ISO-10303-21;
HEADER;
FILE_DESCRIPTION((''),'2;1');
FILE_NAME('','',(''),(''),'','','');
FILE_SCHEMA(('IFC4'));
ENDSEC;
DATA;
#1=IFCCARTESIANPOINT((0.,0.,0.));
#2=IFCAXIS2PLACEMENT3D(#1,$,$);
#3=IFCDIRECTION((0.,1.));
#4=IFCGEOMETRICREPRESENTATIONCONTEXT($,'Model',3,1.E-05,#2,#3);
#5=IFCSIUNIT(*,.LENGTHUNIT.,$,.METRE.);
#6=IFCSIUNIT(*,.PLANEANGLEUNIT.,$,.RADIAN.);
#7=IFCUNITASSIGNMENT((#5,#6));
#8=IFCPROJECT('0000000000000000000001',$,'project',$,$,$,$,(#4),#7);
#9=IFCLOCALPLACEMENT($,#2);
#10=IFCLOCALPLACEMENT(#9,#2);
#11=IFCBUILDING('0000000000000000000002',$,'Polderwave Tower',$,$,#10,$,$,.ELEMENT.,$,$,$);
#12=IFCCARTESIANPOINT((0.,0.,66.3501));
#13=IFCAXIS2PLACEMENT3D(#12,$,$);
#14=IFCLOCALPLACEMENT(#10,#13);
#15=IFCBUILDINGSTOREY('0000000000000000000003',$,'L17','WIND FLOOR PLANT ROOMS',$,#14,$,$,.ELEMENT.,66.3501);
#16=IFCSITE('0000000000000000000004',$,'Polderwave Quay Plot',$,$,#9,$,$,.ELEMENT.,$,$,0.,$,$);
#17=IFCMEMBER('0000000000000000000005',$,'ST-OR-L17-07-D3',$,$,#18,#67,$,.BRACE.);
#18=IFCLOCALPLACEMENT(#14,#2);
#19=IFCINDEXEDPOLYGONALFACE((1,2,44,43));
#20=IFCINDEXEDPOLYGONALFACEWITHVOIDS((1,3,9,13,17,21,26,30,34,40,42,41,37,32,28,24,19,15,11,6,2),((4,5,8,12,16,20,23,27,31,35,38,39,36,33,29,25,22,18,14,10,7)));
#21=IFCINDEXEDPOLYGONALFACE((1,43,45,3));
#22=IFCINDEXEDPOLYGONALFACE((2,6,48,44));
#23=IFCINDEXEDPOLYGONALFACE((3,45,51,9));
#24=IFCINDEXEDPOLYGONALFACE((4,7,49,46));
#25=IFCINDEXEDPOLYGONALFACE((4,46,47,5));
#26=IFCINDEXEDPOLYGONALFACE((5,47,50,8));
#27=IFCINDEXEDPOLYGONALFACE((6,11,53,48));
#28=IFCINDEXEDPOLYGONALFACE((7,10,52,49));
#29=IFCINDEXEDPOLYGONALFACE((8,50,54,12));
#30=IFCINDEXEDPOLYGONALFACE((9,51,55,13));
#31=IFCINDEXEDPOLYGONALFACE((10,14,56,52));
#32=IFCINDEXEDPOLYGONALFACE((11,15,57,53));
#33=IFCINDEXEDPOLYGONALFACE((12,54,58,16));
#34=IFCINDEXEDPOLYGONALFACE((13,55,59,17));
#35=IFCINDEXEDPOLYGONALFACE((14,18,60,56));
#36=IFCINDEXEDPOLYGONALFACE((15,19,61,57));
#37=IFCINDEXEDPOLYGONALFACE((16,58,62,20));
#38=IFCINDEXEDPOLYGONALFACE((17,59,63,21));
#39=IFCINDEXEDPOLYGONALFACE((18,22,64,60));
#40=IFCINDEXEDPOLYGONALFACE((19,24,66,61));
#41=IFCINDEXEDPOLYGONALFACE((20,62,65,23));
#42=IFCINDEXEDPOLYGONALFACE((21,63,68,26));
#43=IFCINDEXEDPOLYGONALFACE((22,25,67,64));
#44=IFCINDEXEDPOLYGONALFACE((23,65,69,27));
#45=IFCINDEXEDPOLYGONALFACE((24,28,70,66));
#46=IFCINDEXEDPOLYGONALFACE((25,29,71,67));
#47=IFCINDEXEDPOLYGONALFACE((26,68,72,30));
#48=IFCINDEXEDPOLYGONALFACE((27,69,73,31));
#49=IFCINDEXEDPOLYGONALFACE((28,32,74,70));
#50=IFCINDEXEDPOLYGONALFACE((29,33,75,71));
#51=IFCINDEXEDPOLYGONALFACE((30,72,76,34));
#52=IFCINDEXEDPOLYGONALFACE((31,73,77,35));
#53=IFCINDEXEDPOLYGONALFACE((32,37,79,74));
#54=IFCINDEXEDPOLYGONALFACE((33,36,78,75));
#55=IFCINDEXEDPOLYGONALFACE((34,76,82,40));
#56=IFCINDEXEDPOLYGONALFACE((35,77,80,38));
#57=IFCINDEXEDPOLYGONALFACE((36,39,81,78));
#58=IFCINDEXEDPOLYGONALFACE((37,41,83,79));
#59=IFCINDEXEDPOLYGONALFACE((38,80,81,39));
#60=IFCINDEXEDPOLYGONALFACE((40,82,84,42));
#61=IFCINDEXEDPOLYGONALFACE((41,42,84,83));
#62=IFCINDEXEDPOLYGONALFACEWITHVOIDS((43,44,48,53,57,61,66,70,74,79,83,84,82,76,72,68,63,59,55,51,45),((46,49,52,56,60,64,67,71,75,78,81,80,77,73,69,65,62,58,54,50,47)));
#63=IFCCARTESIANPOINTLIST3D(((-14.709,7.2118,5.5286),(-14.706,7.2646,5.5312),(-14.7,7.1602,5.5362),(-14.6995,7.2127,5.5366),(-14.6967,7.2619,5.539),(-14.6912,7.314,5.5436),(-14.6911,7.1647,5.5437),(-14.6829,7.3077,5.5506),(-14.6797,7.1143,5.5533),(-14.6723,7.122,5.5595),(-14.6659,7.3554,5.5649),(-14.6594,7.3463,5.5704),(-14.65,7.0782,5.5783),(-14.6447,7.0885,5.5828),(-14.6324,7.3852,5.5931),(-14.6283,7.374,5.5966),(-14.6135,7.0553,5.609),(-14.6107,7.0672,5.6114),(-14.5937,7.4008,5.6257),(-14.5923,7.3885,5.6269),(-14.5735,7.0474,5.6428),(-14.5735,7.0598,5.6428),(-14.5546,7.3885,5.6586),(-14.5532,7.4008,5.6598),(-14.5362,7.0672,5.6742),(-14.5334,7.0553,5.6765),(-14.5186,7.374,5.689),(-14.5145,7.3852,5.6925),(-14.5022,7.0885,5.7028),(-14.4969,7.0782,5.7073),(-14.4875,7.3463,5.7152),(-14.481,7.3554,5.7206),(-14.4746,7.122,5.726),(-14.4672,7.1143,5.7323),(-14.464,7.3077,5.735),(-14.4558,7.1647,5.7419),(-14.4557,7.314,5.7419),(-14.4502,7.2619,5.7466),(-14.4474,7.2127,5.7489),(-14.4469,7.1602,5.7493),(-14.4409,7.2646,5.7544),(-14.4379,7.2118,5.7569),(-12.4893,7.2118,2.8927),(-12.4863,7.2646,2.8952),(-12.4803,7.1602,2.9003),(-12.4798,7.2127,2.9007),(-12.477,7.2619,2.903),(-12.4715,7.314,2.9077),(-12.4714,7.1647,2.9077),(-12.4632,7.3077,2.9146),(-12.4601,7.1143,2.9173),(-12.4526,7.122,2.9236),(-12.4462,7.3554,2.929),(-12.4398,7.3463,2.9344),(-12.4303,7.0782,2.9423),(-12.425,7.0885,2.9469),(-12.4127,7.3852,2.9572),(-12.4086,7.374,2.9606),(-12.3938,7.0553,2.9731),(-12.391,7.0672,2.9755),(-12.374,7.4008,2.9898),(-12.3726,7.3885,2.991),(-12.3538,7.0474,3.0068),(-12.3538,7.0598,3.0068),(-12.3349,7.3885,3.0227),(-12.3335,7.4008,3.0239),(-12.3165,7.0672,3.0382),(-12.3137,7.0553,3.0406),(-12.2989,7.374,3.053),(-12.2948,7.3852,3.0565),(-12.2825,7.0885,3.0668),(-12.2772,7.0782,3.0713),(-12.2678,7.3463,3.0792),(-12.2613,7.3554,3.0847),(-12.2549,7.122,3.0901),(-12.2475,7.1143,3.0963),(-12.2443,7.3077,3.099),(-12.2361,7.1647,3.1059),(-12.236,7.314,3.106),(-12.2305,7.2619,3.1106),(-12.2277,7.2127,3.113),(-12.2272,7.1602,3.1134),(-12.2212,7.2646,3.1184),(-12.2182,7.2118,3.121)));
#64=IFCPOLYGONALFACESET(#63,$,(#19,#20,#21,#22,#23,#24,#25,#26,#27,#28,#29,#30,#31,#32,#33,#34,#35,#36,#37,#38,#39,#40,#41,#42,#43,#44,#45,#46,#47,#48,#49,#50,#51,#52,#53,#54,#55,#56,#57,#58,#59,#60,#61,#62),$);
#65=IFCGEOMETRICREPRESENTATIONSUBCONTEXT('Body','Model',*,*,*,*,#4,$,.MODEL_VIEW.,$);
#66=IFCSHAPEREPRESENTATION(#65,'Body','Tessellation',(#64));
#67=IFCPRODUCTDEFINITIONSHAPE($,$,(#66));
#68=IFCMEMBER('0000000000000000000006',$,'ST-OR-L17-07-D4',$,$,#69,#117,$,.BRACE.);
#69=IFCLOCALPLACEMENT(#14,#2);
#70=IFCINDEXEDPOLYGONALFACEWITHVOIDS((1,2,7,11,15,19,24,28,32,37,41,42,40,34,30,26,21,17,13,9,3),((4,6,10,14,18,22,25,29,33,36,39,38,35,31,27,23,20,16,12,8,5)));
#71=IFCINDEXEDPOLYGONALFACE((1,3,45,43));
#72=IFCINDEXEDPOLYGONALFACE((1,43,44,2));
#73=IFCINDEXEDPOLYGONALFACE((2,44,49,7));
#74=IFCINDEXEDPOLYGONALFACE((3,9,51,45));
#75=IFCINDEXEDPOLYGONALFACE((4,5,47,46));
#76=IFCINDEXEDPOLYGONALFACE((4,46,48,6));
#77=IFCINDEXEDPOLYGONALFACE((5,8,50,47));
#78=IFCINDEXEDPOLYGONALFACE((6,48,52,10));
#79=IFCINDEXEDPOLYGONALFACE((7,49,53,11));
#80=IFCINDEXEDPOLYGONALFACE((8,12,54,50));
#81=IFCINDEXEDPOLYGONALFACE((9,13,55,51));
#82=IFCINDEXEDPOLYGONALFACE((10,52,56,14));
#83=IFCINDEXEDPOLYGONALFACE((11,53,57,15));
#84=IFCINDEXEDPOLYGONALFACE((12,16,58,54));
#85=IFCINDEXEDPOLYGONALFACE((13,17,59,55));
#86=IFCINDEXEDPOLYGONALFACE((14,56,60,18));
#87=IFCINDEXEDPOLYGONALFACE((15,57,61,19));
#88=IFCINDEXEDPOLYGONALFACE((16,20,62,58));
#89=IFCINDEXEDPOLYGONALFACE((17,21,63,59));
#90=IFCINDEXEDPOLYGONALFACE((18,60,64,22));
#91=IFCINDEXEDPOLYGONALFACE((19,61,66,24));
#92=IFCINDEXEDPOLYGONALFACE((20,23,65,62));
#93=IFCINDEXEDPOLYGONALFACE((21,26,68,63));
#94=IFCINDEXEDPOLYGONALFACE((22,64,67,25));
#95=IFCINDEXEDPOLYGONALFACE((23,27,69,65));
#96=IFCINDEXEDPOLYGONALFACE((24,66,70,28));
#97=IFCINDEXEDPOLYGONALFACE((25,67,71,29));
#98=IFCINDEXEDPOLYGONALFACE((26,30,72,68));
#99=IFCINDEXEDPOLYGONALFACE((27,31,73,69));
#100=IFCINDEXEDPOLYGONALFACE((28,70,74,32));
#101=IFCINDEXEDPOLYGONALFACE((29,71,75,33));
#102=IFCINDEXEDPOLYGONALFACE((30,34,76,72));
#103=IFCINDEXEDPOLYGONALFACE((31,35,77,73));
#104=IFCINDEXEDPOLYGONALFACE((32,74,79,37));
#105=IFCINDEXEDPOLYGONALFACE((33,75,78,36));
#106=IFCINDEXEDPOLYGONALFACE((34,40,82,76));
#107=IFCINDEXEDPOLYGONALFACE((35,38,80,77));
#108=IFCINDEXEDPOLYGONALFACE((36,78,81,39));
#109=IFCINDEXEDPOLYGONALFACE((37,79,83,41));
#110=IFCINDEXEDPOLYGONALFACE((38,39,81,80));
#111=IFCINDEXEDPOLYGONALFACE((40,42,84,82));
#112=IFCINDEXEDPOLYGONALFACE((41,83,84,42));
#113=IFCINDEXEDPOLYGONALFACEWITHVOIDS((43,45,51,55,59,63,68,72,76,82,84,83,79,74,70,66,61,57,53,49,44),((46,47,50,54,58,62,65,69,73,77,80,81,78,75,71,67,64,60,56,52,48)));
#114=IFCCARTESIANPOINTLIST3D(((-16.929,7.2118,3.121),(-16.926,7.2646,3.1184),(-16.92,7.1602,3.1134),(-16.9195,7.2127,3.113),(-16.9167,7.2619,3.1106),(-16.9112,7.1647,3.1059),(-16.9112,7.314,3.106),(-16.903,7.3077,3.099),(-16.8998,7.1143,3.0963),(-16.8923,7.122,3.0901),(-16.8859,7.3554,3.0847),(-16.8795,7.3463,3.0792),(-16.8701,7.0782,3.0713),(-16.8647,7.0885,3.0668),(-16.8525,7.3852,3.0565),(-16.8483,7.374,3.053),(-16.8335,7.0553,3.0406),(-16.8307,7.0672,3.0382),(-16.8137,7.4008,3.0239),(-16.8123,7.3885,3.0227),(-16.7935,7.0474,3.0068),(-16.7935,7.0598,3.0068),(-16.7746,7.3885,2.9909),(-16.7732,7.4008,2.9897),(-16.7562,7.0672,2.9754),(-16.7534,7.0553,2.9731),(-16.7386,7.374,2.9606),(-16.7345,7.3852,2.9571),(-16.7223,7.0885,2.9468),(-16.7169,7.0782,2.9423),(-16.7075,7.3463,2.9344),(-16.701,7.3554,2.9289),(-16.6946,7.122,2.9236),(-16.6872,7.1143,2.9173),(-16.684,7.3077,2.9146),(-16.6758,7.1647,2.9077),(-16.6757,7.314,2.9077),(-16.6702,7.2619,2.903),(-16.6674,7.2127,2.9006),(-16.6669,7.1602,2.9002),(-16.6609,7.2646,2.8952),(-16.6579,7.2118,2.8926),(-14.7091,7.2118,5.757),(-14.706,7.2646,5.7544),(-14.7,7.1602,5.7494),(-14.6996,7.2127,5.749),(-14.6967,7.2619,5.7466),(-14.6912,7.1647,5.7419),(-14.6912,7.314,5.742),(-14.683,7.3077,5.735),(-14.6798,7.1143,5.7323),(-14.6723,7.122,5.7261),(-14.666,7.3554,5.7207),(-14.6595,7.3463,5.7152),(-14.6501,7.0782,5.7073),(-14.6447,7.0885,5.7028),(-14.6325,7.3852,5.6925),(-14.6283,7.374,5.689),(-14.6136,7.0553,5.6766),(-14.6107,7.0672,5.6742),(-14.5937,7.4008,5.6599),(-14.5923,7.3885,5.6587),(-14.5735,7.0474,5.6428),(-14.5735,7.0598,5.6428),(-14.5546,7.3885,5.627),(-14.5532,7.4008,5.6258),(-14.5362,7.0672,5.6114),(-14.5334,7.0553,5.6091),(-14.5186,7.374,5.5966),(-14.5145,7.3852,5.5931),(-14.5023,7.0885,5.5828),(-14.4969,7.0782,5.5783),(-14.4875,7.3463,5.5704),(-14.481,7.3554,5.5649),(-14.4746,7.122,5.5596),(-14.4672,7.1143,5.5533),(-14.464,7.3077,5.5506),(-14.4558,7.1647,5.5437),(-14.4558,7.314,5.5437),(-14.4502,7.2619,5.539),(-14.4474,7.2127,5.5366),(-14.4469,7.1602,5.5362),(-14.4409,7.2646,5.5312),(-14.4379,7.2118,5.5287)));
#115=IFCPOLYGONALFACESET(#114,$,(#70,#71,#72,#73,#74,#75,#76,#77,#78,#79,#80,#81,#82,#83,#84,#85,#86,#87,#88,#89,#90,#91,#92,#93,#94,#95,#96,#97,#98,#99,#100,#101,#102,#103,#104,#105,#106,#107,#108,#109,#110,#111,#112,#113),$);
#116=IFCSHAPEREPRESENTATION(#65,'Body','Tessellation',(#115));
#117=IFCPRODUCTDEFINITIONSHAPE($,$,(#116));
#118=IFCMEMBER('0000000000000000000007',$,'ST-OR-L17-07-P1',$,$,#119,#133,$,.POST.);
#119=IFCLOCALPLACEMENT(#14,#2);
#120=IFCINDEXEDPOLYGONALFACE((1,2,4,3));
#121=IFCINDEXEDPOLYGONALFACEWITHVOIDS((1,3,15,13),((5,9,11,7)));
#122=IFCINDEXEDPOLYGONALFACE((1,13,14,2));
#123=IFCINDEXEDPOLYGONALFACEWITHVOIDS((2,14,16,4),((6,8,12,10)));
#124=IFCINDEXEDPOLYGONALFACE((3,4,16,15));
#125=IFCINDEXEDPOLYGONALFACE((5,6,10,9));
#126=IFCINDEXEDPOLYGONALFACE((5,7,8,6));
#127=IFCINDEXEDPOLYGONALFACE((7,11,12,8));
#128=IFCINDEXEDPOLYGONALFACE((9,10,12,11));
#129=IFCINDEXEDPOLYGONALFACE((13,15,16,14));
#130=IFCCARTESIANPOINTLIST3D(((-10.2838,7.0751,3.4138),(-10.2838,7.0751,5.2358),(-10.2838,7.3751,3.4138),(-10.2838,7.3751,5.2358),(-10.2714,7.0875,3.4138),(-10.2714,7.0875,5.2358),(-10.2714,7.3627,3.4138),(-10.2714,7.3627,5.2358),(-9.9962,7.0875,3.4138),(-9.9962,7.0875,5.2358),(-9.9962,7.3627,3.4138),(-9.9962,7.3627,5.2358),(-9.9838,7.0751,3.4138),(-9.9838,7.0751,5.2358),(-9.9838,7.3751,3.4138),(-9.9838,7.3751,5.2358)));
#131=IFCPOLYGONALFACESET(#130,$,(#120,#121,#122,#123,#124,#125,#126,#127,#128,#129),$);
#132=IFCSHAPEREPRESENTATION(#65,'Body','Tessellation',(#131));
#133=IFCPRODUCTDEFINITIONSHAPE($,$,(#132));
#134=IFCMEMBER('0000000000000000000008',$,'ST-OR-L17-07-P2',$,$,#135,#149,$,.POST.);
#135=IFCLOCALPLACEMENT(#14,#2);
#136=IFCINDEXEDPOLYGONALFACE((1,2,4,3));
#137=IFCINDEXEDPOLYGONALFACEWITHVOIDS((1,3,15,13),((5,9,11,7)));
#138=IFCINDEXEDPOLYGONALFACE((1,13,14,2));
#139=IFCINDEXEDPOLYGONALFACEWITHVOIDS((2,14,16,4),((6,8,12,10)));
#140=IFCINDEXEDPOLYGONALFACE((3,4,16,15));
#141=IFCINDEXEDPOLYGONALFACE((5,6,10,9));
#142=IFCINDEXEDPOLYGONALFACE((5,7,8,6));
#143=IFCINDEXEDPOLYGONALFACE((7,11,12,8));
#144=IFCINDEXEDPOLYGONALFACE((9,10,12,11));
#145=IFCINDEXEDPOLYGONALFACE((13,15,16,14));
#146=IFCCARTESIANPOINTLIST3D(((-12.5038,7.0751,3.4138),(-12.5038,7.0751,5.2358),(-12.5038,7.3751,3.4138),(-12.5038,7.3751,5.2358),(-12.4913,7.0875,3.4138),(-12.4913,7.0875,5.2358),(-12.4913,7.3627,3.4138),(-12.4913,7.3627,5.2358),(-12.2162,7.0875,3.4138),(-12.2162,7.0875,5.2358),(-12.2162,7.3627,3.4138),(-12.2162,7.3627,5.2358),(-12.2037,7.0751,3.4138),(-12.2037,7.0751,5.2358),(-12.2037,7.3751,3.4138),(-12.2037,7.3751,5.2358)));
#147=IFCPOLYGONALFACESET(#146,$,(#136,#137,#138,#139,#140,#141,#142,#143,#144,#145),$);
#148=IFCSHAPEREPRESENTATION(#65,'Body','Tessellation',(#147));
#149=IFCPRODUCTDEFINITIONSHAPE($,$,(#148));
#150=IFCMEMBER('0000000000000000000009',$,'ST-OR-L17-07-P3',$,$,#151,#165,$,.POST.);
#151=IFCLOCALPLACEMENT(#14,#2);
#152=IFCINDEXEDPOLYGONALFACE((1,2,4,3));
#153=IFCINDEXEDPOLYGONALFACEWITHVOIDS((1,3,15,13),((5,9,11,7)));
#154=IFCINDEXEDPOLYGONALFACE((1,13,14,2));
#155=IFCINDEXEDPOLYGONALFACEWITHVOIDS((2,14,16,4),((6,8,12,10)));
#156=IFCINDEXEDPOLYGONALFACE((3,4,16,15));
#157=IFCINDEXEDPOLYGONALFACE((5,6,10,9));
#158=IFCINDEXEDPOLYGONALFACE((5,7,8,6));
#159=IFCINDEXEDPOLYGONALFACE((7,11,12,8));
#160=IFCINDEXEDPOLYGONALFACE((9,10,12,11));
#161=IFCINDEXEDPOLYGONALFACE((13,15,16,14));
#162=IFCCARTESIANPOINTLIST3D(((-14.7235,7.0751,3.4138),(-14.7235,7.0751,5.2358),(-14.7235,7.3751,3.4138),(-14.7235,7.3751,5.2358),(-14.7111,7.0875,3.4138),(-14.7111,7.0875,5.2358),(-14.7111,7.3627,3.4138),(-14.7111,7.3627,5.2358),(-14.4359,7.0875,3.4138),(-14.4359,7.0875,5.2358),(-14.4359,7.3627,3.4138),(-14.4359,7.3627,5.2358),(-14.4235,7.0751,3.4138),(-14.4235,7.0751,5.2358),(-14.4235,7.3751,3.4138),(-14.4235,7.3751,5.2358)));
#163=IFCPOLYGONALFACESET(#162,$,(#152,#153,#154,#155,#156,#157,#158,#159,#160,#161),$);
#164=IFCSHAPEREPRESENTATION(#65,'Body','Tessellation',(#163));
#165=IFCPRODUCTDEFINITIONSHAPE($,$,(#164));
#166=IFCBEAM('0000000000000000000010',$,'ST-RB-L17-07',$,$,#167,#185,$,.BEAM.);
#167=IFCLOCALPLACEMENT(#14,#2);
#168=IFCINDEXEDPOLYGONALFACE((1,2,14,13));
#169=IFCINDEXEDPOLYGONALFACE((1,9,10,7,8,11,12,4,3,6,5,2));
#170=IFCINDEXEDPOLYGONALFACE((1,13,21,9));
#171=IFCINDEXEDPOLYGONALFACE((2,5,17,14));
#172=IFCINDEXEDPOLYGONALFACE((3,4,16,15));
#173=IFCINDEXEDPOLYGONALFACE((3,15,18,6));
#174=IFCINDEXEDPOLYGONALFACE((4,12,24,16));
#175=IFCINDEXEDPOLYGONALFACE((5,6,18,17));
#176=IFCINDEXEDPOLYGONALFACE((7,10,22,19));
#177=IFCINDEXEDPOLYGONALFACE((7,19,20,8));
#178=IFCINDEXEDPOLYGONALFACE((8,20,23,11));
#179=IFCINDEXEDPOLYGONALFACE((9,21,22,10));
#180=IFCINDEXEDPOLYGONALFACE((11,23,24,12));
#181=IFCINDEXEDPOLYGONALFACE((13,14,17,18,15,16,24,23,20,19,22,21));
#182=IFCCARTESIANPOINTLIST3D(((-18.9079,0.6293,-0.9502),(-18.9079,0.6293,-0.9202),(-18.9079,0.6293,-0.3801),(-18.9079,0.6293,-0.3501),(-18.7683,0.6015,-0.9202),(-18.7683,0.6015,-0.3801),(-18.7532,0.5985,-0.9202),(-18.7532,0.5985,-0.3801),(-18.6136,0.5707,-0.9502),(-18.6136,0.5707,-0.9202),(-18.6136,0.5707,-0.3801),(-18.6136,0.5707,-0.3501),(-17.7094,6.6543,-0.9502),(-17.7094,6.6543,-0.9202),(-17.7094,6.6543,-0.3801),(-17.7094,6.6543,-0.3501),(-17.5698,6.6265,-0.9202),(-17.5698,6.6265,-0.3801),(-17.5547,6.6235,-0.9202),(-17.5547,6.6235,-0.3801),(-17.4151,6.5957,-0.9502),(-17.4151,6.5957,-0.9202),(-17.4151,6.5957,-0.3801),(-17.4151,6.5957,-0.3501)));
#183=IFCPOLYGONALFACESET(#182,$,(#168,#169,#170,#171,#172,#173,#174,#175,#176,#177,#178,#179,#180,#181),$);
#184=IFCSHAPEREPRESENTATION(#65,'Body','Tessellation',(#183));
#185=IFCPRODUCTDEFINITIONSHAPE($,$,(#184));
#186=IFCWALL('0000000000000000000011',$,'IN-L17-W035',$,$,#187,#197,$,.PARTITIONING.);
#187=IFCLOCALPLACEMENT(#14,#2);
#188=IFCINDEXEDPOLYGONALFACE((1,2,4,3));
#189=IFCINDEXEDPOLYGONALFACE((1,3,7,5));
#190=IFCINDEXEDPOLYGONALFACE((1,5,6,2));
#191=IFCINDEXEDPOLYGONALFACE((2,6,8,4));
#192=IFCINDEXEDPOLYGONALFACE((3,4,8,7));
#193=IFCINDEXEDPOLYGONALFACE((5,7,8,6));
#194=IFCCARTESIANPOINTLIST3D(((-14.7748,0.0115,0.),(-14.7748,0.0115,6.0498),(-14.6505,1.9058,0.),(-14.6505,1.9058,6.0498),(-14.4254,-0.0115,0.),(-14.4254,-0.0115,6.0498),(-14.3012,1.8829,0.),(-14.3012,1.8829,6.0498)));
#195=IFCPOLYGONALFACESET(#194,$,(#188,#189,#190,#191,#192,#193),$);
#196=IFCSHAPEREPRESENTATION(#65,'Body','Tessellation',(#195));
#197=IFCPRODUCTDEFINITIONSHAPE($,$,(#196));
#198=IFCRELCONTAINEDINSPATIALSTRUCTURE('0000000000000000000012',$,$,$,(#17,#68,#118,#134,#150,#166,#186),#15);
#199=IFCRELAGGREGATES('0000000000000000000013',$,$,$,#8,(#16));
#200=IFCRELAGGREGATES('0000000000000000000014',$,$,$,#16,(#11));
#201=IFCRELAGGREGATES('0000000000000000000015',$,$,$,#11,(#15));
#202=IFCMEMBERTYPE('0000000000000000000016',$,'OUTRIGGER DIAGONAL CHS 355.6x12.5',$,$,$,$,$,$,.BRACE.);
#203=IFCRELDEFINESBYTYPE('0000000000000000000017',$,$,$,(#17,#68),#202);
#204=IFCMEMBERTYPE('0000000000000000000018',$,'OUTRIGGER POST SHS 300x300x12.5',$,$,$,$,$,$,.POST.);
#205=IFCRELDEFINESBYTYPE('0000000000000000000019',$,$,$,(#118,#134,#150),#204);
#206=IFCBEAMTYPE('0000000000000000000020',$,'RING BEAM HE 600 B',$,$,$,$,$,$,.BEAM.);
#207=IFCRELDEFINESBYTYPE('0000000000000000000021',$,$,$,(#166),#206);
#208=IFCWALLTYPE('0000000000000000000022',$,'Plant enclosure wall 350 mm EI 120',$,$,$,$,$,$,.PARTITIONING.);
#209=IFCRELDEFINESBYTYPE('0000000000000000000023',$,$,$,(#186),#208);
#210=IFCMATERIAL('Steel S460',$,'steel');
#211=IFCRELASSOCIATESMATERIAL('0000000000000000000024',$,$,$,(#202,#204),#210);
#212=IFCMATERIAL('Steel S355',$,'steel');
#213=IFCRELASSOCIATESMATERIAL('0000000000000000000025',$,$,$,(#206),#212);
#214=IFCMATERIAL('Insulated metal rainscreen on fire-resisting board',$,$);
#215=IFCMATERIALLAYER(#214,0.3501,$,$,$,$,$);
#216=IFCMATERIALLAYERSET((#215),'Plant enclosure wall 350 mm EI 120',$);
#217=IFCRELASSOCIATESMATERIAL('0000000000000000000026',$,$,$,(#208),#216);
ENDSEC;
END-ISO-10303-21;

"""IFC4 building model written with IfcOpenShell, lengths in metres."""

from ifc_helpers import new_model, si_unit, direction, frame, frame_2d, origin, origin_2d, place, context, subcontext, project, spatial, rectangle, hollow_rectangle, hollow_circle, i_section, extrude, material, layer, layer_set, material_profile, profile_set, type_object, element, save


model = new_model("IFC4")

# Units and contexts
model_context = context("Model", 3, precision=1e-05, world=origin(), true_north=direction((0.0, 1.0)))
body_context = subcontext(model_context, "Body", "Model", "MODEL_VIEW")
ifc_project = project(units=[si_unit("LENGTHUNIT", "METRE"), si_unit("PLANEANGLEUNIT", "RADIAN")], contexts=[model_context])

# Site, building, storey
site_placement = place(None, origin())
site = spatial("IfcSite", under=ifc_project, at=site_placement, Name="Polderwave Quay Plot", CompositionType="ELEMENT", RefElevation=0.0)
building_placement = place(site_placement, origin())
building = spatial("IfcBuilding", under=site, at=building_placement, Name="Polderwave Tower", CompositionType="ELEMENT")
storey_placement = place(building_placement, frame((0.0, 0.0, 66.3501)))
storey = spatial("IfcBuildingStorey", under=building, at=storey_placement, Name="L17", Description="WIND FLOOR PLANT ROOMS", CompositionType="ELEMENT", Elevation=66.3501)

# Members
ifc_material_1 = material(Name="Steel S460", Category="steel")
ifc_material_profile_1 = material_profile(ifc_material_1, hollow_circle(Radius=0.1777, WallThickness=0.0125, at=origin_2d()), Name="CHS 355.6x12.5")
ifc_profile_set_1 = profile_set([ifc_material_profile_1], Name="Steel S460")
member_type_1 = type_object("IfcMemberType", Name="OUTRIGGER DIAGONAL CHS 355.6x12.5", PredefinedType="BRACE", material=ifc_profile_set_1)
member_1_placement = place(storey_placement, frame((-12.3538, 7.2251, 3.0068), z_axis=(-0.644127, 0.0, 0.764919), x_axis=(0.0, -1.0, 0.0)))
element("IfcMember", 1, at=member_1_placement, inside=storey, type_object=member_type_1, Name="ST-OR-L17-07-D3", PredefinedType="BRACE", context=body_context, shape_type="SweptSolid", body=[
    extrude(hollow_circle(Radius=0.1777, WallThickness=0.0125, at=origin_2d()), origin(), (0.0, 0.0, 1.0), 3.446),
])
member_2_placement = place(storey_placement, frame((-14.5735, 7.2251, 5.6428), z_axis=(-0.644168, 0.0, -0.764884), x_axis=(0.0, -1.0, 0.0)))
element("IfcMember", 2, at=member_2_placement, inside=storey, type_object=member_type_1, Name="ST-OR-L17-07-D4", PredefinedType="BRACE", context=body_context, shape_type="SweptSolid", body=[
    extrude(hollow_circle(Radius=0.1777, WallThickness=0.0125, at=origin_2d()), origin(), (0.0, 0.0, 1.0), 3.4463),
])
ifc_material_profile_2 = material_profile(ifc_material_1, hollow_rectangle(XDim=0.3, YDim=0.3, WallThickness=0.0125, at=origin_2d()), Name="SHS 300x300x12.5")
ifc_profile_set_2 = profile_set([ifc_material_profile_2], Name="Steel S460")
member_type_2 = type_object("IfcMemberType", Name="OUTRIGGER POST SHS 300x300x12.5", PredefinedType="POST", material=ifc_profile_set_2)
for number, where, z_axis, x_axis, name in (
    (3, (-10.1338, 7.2251, 3.4138), (0.0, 0.0, 1.0), (1.0, 0.0, 0.0), "ST-OR-L17-07-P1"),
    (4, (-12.3538, 7.2251, 3.4138), (0.0, 0.0, 1.0), (1.0, 0.0, 0.0), "ST-OR-L17-07-P2"),
    (5, (-14.5735, 7.2251, 3.4138), (0.0, 0.0, 1.0), (1.0, 0.0, 0.0), "ST-OR-L17-07-P3"),
):
    element("IfcMember", number, at=place(storey_placement, frame(where, z_axis=z_axis, x_axis=x_axis)), inside=storey, type_object=member_type_2, Name=name, PredefinedType="POST", context=body_context, shape_type="SweptSolid", body=[
        extrude(hollow_rectangle(XDim=0.3, YDim=0.3, WallThickness=0.0125, at=origin_2d()), origin(), (0.0, 0.0, 1.0), 1.822),
    ])

# Beam
ifc_material_2 = material(Name="Steel S355", Category="steel")
ifc_material_profile_3 = material_profile(ifc_material_2, i_section(OverallWidth=0.3, OverallDepth=0.6001, WebThickness=0.0154, FlangeThickness=0.03, at=origin_2d()), Name="HE 600 B")
ifc_profile_set_3 = profile_set([ifc_material_profile_3], Name="Steel S355")
beam_type = type_object("IfcBeamType", Name="RING BEAM HE 600 B", PredefinedType="BEAM", material=ifc_profile_set_3)
beam_placement = place(storey_placement, frame((-17.5623, 6.625, -0.6501), z_axis=(-0.1951, -0.980783, 0.0), x_axis=(0.980783, -0.1951, 0.0)))
element("IfcBeam", 6, at=beam_placement, inside=storey, type_object=beam_type, Name="ST-RB-L17-07", PredefinedType="BEAM", context=body_context, shape_type="SweptSolid", body=[
    extrude(i_section(OverallWidth=0.3, OverallDepth=0.6001, WebThickness=0.0154, FlangeThickness=0.03, at=origin_2d()), origin(), (0.0, 0.0, 1.0), 6.1431),
])

# Wall
ifc_material_3 = material(Name="Insulated metal rainscreen on fire-resisting board")
ifc_layer_1 = layer(ifc_material_3, 0.3501)
ifc_layer_set_1 = layer_set([ifc_layer_1], Name="Plant enclosure wall 350 mm EI 120")
wall_type_1 = type_object("IfcWallType", Name="Plant enclosure wall 350 mm EI 120", PredefinedType="PARTITIONING", material=ifc_layer_set_1)
wall_1_placement = place(storey_placement, frame((-14.6001, 0.0, 0.0), z_axis=(0.0, 0.0, 1.0), x_axis=(0.065461, 0.997855, 0.0)))
element("IfcWall", 7, at=wall_1_placement, inside=storey, type_object=wall_type_1, Name="IN-L17-W035", PredefinedType="PARTITIONING", context=body_context, shape_type="SweptSolid", body=[
    extrude(rectangle(XDim=1.8984, YDim=0.3501, at=frame_2d((0.9492, 0.0))), origin(), (0.0, 0.0, 1.0), 6.0498),
])

save(model, "model.ifc")
